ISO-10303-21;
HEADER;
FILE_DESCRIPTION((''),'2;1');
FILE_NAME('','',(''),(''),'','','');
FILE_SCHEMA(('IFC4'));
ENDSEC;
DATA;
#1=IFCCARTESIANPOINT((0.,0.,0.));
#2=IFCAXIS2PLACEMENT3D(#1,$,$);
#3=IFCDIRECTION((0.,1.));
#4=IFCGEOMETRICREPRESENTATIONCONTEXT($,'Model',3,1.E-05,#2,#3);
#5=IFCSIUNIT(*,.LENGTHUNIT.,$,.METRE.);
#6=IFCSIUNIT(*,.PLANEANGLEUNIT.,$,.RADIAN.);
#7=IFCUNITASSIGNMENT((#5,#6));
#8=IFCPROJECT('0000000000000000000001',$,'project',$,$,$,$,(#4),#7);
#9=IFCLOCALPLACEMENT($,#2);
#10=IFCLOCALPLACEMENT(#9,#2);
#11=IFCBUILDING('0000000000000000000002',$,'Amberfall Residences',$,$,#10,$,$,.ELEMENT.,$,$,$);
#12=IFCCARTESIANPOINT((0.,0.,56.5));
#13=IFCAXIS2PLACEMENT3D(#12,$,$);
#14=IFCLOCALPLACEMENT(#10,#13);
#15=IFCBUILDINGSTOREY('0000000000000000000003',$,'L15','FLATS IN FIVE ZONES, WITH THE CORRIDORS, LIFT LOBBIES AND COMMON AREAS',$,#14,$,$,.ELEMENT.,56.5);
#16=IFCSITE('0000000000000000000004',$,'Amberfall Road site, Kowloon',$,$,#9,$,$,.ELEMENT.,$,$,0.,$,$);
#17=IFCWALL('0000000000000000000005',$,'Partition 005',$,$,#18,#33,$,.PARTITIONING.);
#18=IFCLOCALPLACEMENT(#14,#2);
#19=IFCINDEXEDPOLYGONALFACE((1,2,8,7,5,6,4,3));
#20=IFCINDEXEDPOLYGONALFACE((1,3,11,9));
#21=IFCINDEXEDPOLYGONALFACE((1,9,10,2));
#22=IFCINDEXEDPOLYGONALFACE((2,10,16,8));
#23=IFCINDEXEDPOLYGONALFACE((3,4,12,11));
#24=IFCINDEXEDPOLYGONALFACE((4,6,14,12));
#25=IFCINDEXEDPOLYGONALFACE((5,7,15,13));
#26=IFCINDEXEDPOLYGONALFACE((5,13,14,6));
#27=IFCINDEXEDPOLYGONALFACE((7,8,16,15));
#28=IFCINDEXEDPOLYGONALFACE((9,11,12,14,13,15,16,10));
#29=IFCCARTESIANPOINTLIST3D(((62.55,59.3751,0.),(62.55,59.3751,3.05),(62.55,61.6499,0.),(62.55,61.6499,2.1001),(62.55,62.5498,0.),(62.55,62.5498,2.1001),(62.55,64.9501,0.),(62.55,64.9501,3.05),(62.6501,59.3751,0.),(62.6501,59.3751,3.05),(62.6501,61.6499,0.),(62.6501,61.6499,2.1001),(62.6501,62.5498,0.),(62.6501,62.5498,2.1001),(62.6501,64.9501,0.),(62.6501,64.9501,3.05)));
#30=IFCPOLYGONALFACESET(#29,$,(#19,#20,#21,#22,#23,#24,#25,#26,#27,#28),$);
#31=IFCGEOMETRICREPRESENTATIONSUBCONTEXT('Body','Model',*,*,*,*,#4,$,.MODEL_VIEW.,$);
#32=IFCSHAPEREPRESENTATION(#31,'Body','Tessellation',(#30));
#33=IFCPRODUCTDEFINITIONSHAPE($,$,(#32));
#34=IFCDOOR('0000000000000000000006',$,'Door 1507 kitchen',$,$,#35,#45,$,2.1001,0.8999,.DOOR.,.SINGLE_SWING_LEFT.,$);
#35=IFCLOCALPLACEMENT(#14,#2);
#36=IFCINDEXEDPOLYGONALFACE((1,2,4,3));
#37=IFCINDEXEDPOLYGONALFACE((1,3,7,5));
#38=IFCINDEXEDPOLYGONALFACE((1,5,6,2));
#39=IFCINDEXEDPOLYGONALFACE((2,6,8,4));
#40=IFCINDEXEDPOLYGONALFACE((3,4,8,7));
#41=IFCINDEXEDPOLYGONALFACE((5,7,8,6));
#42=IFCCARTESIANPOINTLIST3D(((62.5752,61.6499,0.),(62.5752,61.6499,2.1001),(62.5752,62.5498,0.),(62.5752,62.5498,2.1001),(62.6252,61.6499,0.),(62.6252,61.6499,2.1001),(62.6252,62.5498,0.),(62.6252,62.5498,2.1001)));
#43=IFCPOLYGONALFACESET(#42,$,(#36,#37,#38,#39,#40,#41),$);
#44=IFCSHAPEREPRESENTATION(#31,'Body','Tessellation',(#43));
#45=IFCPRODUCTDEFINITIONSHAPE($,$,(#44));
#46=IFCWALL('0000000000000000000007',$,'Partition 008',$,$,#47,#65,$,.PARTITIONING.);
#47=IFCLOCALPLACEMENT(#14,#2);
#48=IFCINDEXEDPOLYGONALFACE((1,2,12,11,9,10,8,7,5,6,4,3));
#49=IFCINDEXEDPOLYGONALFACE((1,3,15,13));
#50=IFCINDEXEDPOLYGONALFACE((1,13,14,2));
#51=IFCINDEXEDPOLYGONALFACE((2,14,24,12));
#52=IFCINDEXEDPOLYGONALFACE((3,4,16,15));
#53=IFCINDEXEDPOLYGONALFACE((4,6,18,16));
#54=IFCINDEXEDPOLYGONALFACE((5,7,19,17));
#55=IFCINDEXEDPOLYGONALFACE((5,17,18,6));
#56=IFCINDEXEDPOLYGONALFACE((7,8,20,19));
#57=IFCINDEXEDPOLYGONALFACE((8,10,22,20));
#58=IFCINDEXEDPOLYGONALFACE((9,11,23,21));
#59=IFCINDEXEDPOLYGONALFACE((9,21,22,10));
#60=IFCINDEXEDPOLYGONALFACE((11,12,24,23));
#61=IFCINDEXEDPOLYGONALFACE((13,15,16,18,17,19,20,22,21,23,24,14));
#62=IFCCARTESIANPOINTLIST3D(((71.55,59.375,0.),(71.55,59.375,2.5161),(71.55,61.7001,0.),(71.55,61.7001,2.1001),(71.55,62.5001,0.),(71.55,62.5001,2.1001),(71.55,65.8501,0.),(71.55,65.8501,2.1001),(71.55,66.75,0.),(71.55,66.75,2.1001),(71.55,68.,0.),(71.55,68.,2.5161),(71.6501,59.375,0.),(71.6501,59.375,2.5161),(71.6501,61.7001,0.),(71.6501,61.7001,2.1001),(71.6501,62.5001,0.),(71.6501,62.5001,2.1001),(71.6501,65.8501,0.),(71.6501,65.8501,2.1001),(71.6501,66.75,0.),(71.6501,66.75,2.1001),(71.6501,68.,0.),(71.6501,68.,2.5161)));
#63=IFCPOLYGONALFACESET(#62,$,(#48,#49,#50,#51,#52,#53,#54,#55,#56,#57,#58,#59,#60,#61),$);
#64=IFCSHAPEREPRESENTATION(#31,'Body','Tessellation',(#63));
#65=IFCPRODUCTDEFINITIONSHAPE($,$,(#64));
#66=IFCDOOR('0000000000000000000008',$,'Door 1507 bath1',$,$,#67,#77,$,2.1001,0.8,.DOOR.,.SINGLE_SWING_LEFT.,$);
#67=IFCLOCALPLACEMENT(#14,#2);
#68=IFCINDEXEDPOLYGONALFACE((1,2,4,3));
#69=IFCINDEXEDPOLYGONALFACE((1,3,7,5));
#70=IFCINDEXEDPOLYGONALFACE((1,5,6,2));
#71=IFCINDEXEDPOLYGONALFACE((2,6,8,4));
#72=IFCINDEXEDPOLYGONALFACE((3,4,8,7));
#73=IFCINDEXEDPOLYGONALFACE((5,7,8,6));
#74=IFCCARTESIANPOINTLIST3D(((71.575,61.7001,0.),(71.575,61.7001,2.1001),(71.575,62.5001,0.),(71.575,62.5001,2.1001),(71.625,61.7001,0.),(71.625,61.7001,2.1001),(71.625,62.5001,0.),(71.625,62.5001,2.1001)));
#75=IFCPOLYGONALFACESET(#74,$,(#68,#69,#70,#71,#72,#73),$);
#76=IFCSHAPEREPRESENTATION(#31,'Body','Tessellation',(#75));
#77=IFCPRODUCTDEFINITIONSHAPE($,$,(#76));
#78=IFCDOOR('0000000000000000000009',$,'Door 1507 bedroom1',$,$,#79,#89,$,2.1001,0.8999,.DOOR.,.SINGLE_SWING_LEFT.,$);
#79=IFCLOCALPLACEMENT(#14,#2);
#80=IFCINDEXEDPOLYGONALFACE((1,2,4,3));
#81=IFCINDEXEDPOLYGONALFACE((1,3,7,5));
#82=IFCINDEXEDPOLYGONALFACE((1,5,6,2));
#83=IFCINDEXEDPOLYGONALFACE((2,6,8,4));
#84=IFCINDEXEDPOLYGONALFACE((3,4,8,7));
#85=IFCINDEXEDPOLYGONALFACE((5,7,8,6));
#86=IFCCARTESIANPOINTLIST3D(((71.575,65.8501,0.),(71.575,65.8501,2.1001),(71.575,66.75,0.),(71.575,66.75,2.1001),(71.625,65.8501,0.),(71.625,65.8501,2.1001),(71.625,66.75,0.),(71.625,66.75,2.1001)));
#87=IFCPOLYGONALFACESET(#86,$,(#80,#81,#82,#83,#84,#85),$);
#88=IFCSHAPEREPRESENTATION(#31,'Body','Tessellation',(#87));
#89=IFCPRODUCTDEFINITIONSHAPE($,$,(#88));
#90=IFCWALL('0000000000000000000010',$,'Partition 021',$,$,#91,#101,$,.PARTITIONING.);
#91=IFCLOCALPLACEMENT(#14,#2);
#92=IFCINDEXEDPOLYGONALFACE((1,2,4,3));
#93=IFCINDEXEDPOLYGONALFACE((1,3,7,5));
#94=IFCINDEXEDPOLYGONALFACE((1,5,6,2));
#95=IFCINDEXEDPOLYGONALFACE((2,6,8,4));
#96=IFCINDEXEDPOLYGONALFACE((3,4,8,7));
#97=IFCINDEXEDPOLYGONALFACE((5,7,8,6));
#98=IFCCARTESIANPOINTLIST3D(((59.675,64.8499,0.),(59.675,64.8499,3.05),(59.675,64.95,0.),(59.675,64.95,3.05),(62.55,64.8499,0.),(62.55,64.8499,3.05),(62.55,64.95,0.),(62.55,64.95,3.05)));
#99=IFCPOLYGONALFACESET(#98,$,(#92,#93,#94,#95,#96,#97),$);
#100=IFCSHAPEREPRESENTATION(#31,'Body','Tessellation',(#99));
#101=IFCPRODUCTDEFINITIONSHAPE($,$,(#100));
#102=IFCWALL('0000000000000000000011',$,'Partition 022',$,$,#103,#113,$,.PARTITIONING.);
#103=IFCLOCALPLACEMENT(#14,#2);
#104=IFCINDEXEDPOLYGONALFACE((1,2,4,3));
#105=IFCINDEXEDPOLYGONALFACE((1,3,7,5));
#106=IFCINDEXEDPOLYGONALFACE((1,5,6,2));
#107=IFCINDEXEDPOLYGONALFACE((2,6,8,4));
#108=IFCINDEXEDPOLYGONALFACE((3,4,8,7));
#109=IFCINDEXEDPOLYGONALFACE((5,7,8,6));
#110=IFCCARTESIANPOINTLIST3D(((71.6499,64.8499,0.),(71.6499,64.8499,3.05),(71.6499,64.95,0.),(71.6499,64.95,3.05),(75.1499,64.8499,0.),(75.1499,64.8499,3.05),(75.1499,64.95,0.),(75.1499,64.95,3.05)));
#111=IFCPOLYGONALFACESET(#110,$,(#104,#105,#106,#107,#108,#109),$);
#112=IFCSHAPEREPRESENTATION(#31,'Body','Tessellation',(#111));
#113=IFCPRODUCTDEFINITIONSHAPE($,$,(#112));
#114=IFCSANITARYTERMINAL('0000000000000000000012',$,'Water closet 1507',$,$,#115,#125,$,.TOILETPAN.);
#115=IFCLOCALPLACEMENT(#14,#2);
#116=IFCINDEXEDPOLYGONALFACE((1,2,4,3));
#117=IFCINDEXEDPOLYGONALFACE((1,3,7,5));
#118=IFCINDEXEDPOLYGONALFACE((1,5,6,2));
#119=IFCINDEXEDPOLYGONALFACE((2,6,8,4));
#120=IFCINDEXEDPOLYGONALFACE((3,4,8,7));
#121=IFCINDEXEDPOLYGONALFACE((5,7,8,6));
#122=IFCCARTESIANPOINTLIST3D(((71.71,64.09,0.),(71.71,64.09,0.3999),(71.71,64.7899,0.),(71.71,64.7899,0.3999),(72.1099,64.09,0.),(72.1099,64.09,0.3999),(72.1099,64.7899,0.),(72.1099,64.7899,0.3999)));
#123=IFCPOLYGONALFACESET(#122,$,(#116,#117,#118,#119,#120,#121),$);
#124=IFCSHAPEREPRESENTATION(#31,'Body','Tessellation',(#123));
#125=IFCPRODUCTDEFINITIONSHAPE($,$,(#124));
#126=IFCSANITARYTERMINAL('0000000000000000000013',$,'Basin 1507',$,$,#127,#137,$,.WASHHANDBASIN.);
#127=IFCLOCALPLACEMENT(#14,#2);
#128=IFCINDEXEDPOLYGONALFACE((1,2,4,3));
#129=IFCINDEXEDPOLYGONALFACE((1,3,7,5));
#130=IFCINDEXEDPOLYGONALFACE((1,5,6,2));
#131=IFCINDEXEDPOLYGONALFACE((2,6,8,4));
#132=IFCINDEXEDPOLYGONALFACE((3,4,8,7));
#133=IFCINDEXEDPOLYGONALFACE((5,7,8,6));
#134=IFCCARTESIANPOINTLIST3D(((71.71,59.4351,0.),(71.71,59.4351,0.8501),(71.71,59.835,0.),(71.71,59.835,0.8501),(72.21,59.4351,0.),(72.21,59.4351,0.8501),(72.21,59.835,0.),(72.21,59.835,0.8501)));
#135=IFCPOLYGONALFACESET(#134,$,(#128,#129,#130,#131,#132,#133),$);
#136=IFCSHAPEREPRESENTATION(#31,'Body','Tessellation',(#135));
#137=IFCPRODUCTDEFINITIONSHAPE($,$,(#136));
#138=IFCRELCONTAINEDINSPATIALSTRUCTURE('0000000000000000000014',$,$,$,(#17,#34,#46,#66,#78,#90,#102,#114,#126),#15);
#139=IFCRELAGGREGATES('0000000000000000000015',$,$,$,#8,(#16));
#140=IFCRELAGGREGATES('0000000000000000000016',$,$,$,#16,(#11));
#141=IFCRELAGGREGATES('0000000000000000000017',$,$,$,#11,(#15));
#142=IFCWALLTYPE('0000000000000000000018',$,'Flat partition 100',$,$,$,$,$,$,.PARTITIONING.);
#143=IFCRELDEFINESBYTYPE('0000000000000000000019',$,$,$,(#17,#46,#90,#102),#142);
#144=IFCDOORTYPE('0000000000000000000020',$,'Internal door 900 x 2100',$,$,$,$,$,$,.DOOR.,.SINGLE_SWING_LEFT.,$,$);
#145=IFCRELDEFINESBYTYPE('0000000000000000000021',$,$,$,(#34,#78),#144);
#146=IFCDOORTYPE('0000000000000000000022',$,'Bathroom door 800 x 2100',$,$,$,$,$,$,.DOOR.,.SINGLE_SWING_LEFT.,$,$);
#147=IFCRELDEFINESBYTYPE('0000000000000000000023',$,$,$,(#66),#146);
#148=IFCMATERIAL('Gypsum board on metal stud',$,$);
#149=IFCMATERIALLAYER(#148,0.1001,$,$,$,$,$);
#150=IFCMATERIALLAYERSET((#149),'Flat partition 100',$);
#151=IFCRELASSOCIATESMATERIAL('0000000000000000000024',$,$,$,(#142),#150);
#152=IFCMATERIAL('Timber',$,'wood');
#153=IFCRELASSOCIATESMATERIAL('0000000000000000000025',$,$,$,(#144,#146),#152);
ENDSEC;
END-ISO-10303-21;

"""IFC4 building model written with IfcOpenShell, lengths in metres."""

from ifc_helpers import new_model, si_unit, direction, frame, frame_2d, origin, origin_2d, place, context, subcontext, project, spatial, rectangle, extrude, material, layer, layer_set, type_object, element, fill, save


model = new_model("IFC4")

# Units and contexts
model_context = context("Model", 3, precision=1e-05, world=origin(), true_north=direction((0.0, 1.0)))
body_context = subcontext(model_context, "Body", "Model", "MODEL_VIEW")
ifc_project = project(units=[si_unit("LENGTHUNIT", "METRE"), si_unit("PLANEANGLEUNIT", "RADIAN")], contexts=[model_context])

# Site, building, storey
site_placement = place(None, origin())
site = spatial("IfcSite", under=ifc_project, at=site_placement, Name="Amberfall Road site, Kowloon", CompositionType="ELEMENT", RefElevation=0.0)
building_placement = place(site_placement, origin())
building = spatial("IfcBuilding", under=site, at=building_placement, Name="Amberfall Residences", CompositionType="ELEMENT")
storey_placement = place(building_placement, frame((0.0, 0.0, 56.5)))
storey = spatial("IfcBuildingStorey", under=building, at=storey_placement, Name="L15", Description="FLATS IN FIVE ZONES, WITH THE CORRIDORS, LIFT LOBBIES AND COMMON AREAS", CompositionType="ELEMENT", Elevation=56.5)

# Wall, opening, door
ifc_material_1 = material(Name="Gypsum board on metal stud")
ifc_layer_1 = layer(ifc_material_1, 0.1001)
ifc_layer_set_1 = layer_set([ifc_layer_1], Name="Flat partition 100")
wall_type = type_object("IfcWallType", Name="Flat partition 100", PredefinedType="PARTITIONING", material=ifc_layer_set_1)
wall_1_placement = place(storey_placement, frame((62.6001, 59.375, 0.0), z_axis=(0.0, 0.0, 1.0), x_axis=(0.0, 1.0, 0.0)))
wall_1 = element("IfcWall", 1, at=wall_1_placement, inside=storey, type_object=wall_type, Name="Partition 005", PredefinedType="PARTITIONING", context=body_context, shape_type="SweptSolid", body=[
    extrude(rectangle(XDim=5.575, YDim=0.1001, at=frame_2d((2.7876, 0.0))), origin(), (0.0, 0.0, 1.0), 3.05),
])
opening_1_placement = place(wall_1_placement, frame((2.2749, 0.0, 0.0)))
opening_1 = element("IfcOpeningElement", 2, at=opening_1_placement, cuts=wall_1, PredefinedType="OPENING", context=body_context, shape_type="SweptSolid", body=[
    extrude(rectangle(XDim=0.8999, YDim=2.1001, at=frame_2d((0.45, 1.05))), frame((0.0, 0.0601, 0.0), z_axis=(0.0, -1.0, 0.0), x_axis=(1.0, 0.0, 0.0)), (0.0, 0.0, 1.0), 0.1201),
])
ifc_material_2 = material(Name="Timber", Category="wood")
door_type_1 = type_object("IfcDoorType", Name="Internal door 900 x 2100", OperationType="SINGLE_SWING_LEFT", PredefinedType="DOOR", material=ifc_material_2)
door_1_placement = place(opening_1_placement, origin())
door_1 = element("IfcDoor", 3, at=door_1_placement, inside=storey, type_object=door_type_1, Name="Door 1507 kitchen", OperationType="SINGLE_SWING_LEFT", OverallHeight=2.1001, OverallWidth=0.8999, PredefinedType="DOOR", context=body_context, shape_type="SweptSolid", body=[
    extrude(rectangle(XDim=0.8999, YDim=2.1001, at=frame_2d((0.45, 1.05))), frame((0.0, 0.0249, 0.0), z_axis=(0.0, -1.0, 0.0), x_axis=(1.0, 0.0, 0.0)), (0.0, 0.0, 1.0), 0.05),
])
fill(opening_1, door_1)

# Wall, openings, doors
wall_2_placement = place(storey_placement, frame((71.6001, 68.0, 0.0), z_axis=(0.0, 0.0, 1.0), x_axis=(0.0, -1.0, 0.0)))
wall_2 = element("IfcWall", 4, at=wall_2_placement, inside=storey, type_object=wall_type, Name="Partition 008", PredefinedType="PARTITIONING", context=body_context, shape_type="SweptSolid", body=[
    extrude(rectangle(XDim=8.625, YDim=0.1001, at=frame_2d((4.3125, 0.0))), origin(), (0.0, 0.0, 1.0), 2.5161),
])
opening_2_placement = place(wall_2_placement, frame((1.25, 0.0, 0.0)))
opening_2 = element("IfcOpeningElement", 5, at=opening_2_placement, cuts=wall_2, PredefinedType="OPENING", context=body_context, shape_type="SweptSolid", body=[
    extrude(rectangle(XDim=0.8999, YDim=2.1001, at=frame_2d((0.45, 1.05))), frame((0.0, 0.0601, 0.0), z_axis=(0.0, -1.0, 0.0), x_axis=(1.0, 0.0, 0.0)), (0.0, 0.0, 1.0), 0.1201),
])
opening_3_placement = place(wall_2_placement, frame((5.5, 0.0, 0.0)))
opening_3 = element("IfcOpeningElement", 6, at=opening_3_placement, cuts=wall_2, PredefinedType="OPENING", context=body_context, shape_type="SweptSolid", body=[
    extrude(rectangle(XDim=0.8, YDim=2.1001, at=frame_2d((0.3999, 1.05))), frame((0.0, 0.0601, 0.0), z_axis=(0.0, -1.0, 0.0), x_axis=(1.0, 0.0, 0.0)), (0.0, 0.0, 1.0), 0.1201),
])
door_type_2 = type_object("IfcDoorType", Name="Bathroom door 800 x 2100", OperationType="SINGLE_SWING_LEFT", PredefinedType="DOOR", material=ifc_material_2)
door_2_placement = place(opening_3_placement, origin())
door_2 = element("IfcDoor", 7, at=door_2_placement, inside=storey, type_object=door_type_2, Name="Door 1507 bath1", OperationType="SINGLE_SWING_LEFT", OverallHeight=2.1001, OverallWidth=0.8, PredefinedType="DOOR", context=body_context, shape_type="SweptSolid", body=[
    extrude(rectangle(XDim=0.8, YDim=2.1001, at=frame_2d((0.3999, 1.05))), frame((0.0, 0.0249, 0.0), z_axis=(0.0, -1.0, 0.0), x_axis=(1.0, 0.0, 0.0)), (0.0, 0.0, 1.0), 0.05),
])
fill(opening_3, door_2)
door_3_placement = place(opening_2_placement, origin())
door_3 = element("IfcDoor", 8, at=door_3_placement, inside=storey, type_object=door_type_1, Name="Door 1507 bedroom1", OperationType="SINGLE_SWING_LEFT", OverallHeight=2.1001, OverallWidth=0.8999, PredefinedType="DOOR", context=body_context, shape_type="SweptSolid", body=[
    extrude(rectangle(XDim=0.8999, YDim=2.1001, at=frame_2d((0.45, 1.05))), frame((0.0, 0.0249, 0.0), z_axis=(0.0, -1.0, 0.0), x_axis=(1.0, 0.0, 0.0)), (0.0, 0.0, 1.0), 0.05),
])
fill(opening_2, door_3)

# Walls
wall_3_placement = place(storey_placement, frame((59.675, 64.8999, 0.0), z_axis=(0.0, 0.0, 1.0), x_axis=(1.0, 0.0, 0.0)))
element("IfcWall", 9, at=wall_3_placement, inside=storey, type_object=wall_type, Name="Partition 021", PredefinedType="PARTITIONING", context=body_context, shape_type="SweptSolid", body=[
    extrude(rectangle(XDim=2.875, YDim=0.1001, at=frame_2d((1.4375, 0.0))), origin(), (0.0, 0.0, 1.0), 3.05),
])
wall_4_placement = place(storey_placement, frame((71.6499, 64.8999, 0.0), z_axis=(0.0, 0.0, 1.0), x_axis=(1.0, 0.0, 0.0)))
element("IfcWall", 10, at=wall_4_placement, inside=storey, type_object=wall_type, Name="Partition 022", PredefinedType="PARTITIONING", context=body_context, shape_type="SweptSolid", body=[
    extrude(rectangle(XDim=3.5, YDim=0.1001, at=frame_2d((1.75, 0.0))), origin(), (0.0, 0.0, 1.0), 3.05),
])

# Sanitary terminals
sanitary_terminal_1_placement = place(storey_placement, frame((71.9099, 64.4399, 0.0), z_axis=(0.0, 0.0, 1.0), x_axis=(1.0, 0.0, 0.0)))
element("IfcSanitaryTerminal", 11, at=sanitary_terminal_1_placement, inside=storey, Name="Water closet 1507", PredefinedType="TOILETPAN", context=body_context, shape_type="SweptSolid", body=[
    extrude(rectangle(XDim=0.3999, YDim=0.7, at=origin_2d()), origin(), (0.0, 0.0, 1.0), 0.3999),
])
sanitary_terminal_2_placement = place(storey_placement, frame((71.96, 59.635, 0.0), z_axis=(0.0, 0.0, 1.0), x_axis=(1.0, 0.0, 0.0)))
element("IfcSanitaryTerminal", 12, at=sanitary_terminal_2_placement, inside=storey, Name="Basin 1507", PredefinedType="WASHHANDBASIN", context=body_context, shape_type="SweptSolid", body=[
    extrude(rectangle(XDim=0.5, YDim=0.3999, at=origin_2d()), origin(), (0.0, 0.0, 1.0), 0.8501),
])

save(model, "model.ifc")
